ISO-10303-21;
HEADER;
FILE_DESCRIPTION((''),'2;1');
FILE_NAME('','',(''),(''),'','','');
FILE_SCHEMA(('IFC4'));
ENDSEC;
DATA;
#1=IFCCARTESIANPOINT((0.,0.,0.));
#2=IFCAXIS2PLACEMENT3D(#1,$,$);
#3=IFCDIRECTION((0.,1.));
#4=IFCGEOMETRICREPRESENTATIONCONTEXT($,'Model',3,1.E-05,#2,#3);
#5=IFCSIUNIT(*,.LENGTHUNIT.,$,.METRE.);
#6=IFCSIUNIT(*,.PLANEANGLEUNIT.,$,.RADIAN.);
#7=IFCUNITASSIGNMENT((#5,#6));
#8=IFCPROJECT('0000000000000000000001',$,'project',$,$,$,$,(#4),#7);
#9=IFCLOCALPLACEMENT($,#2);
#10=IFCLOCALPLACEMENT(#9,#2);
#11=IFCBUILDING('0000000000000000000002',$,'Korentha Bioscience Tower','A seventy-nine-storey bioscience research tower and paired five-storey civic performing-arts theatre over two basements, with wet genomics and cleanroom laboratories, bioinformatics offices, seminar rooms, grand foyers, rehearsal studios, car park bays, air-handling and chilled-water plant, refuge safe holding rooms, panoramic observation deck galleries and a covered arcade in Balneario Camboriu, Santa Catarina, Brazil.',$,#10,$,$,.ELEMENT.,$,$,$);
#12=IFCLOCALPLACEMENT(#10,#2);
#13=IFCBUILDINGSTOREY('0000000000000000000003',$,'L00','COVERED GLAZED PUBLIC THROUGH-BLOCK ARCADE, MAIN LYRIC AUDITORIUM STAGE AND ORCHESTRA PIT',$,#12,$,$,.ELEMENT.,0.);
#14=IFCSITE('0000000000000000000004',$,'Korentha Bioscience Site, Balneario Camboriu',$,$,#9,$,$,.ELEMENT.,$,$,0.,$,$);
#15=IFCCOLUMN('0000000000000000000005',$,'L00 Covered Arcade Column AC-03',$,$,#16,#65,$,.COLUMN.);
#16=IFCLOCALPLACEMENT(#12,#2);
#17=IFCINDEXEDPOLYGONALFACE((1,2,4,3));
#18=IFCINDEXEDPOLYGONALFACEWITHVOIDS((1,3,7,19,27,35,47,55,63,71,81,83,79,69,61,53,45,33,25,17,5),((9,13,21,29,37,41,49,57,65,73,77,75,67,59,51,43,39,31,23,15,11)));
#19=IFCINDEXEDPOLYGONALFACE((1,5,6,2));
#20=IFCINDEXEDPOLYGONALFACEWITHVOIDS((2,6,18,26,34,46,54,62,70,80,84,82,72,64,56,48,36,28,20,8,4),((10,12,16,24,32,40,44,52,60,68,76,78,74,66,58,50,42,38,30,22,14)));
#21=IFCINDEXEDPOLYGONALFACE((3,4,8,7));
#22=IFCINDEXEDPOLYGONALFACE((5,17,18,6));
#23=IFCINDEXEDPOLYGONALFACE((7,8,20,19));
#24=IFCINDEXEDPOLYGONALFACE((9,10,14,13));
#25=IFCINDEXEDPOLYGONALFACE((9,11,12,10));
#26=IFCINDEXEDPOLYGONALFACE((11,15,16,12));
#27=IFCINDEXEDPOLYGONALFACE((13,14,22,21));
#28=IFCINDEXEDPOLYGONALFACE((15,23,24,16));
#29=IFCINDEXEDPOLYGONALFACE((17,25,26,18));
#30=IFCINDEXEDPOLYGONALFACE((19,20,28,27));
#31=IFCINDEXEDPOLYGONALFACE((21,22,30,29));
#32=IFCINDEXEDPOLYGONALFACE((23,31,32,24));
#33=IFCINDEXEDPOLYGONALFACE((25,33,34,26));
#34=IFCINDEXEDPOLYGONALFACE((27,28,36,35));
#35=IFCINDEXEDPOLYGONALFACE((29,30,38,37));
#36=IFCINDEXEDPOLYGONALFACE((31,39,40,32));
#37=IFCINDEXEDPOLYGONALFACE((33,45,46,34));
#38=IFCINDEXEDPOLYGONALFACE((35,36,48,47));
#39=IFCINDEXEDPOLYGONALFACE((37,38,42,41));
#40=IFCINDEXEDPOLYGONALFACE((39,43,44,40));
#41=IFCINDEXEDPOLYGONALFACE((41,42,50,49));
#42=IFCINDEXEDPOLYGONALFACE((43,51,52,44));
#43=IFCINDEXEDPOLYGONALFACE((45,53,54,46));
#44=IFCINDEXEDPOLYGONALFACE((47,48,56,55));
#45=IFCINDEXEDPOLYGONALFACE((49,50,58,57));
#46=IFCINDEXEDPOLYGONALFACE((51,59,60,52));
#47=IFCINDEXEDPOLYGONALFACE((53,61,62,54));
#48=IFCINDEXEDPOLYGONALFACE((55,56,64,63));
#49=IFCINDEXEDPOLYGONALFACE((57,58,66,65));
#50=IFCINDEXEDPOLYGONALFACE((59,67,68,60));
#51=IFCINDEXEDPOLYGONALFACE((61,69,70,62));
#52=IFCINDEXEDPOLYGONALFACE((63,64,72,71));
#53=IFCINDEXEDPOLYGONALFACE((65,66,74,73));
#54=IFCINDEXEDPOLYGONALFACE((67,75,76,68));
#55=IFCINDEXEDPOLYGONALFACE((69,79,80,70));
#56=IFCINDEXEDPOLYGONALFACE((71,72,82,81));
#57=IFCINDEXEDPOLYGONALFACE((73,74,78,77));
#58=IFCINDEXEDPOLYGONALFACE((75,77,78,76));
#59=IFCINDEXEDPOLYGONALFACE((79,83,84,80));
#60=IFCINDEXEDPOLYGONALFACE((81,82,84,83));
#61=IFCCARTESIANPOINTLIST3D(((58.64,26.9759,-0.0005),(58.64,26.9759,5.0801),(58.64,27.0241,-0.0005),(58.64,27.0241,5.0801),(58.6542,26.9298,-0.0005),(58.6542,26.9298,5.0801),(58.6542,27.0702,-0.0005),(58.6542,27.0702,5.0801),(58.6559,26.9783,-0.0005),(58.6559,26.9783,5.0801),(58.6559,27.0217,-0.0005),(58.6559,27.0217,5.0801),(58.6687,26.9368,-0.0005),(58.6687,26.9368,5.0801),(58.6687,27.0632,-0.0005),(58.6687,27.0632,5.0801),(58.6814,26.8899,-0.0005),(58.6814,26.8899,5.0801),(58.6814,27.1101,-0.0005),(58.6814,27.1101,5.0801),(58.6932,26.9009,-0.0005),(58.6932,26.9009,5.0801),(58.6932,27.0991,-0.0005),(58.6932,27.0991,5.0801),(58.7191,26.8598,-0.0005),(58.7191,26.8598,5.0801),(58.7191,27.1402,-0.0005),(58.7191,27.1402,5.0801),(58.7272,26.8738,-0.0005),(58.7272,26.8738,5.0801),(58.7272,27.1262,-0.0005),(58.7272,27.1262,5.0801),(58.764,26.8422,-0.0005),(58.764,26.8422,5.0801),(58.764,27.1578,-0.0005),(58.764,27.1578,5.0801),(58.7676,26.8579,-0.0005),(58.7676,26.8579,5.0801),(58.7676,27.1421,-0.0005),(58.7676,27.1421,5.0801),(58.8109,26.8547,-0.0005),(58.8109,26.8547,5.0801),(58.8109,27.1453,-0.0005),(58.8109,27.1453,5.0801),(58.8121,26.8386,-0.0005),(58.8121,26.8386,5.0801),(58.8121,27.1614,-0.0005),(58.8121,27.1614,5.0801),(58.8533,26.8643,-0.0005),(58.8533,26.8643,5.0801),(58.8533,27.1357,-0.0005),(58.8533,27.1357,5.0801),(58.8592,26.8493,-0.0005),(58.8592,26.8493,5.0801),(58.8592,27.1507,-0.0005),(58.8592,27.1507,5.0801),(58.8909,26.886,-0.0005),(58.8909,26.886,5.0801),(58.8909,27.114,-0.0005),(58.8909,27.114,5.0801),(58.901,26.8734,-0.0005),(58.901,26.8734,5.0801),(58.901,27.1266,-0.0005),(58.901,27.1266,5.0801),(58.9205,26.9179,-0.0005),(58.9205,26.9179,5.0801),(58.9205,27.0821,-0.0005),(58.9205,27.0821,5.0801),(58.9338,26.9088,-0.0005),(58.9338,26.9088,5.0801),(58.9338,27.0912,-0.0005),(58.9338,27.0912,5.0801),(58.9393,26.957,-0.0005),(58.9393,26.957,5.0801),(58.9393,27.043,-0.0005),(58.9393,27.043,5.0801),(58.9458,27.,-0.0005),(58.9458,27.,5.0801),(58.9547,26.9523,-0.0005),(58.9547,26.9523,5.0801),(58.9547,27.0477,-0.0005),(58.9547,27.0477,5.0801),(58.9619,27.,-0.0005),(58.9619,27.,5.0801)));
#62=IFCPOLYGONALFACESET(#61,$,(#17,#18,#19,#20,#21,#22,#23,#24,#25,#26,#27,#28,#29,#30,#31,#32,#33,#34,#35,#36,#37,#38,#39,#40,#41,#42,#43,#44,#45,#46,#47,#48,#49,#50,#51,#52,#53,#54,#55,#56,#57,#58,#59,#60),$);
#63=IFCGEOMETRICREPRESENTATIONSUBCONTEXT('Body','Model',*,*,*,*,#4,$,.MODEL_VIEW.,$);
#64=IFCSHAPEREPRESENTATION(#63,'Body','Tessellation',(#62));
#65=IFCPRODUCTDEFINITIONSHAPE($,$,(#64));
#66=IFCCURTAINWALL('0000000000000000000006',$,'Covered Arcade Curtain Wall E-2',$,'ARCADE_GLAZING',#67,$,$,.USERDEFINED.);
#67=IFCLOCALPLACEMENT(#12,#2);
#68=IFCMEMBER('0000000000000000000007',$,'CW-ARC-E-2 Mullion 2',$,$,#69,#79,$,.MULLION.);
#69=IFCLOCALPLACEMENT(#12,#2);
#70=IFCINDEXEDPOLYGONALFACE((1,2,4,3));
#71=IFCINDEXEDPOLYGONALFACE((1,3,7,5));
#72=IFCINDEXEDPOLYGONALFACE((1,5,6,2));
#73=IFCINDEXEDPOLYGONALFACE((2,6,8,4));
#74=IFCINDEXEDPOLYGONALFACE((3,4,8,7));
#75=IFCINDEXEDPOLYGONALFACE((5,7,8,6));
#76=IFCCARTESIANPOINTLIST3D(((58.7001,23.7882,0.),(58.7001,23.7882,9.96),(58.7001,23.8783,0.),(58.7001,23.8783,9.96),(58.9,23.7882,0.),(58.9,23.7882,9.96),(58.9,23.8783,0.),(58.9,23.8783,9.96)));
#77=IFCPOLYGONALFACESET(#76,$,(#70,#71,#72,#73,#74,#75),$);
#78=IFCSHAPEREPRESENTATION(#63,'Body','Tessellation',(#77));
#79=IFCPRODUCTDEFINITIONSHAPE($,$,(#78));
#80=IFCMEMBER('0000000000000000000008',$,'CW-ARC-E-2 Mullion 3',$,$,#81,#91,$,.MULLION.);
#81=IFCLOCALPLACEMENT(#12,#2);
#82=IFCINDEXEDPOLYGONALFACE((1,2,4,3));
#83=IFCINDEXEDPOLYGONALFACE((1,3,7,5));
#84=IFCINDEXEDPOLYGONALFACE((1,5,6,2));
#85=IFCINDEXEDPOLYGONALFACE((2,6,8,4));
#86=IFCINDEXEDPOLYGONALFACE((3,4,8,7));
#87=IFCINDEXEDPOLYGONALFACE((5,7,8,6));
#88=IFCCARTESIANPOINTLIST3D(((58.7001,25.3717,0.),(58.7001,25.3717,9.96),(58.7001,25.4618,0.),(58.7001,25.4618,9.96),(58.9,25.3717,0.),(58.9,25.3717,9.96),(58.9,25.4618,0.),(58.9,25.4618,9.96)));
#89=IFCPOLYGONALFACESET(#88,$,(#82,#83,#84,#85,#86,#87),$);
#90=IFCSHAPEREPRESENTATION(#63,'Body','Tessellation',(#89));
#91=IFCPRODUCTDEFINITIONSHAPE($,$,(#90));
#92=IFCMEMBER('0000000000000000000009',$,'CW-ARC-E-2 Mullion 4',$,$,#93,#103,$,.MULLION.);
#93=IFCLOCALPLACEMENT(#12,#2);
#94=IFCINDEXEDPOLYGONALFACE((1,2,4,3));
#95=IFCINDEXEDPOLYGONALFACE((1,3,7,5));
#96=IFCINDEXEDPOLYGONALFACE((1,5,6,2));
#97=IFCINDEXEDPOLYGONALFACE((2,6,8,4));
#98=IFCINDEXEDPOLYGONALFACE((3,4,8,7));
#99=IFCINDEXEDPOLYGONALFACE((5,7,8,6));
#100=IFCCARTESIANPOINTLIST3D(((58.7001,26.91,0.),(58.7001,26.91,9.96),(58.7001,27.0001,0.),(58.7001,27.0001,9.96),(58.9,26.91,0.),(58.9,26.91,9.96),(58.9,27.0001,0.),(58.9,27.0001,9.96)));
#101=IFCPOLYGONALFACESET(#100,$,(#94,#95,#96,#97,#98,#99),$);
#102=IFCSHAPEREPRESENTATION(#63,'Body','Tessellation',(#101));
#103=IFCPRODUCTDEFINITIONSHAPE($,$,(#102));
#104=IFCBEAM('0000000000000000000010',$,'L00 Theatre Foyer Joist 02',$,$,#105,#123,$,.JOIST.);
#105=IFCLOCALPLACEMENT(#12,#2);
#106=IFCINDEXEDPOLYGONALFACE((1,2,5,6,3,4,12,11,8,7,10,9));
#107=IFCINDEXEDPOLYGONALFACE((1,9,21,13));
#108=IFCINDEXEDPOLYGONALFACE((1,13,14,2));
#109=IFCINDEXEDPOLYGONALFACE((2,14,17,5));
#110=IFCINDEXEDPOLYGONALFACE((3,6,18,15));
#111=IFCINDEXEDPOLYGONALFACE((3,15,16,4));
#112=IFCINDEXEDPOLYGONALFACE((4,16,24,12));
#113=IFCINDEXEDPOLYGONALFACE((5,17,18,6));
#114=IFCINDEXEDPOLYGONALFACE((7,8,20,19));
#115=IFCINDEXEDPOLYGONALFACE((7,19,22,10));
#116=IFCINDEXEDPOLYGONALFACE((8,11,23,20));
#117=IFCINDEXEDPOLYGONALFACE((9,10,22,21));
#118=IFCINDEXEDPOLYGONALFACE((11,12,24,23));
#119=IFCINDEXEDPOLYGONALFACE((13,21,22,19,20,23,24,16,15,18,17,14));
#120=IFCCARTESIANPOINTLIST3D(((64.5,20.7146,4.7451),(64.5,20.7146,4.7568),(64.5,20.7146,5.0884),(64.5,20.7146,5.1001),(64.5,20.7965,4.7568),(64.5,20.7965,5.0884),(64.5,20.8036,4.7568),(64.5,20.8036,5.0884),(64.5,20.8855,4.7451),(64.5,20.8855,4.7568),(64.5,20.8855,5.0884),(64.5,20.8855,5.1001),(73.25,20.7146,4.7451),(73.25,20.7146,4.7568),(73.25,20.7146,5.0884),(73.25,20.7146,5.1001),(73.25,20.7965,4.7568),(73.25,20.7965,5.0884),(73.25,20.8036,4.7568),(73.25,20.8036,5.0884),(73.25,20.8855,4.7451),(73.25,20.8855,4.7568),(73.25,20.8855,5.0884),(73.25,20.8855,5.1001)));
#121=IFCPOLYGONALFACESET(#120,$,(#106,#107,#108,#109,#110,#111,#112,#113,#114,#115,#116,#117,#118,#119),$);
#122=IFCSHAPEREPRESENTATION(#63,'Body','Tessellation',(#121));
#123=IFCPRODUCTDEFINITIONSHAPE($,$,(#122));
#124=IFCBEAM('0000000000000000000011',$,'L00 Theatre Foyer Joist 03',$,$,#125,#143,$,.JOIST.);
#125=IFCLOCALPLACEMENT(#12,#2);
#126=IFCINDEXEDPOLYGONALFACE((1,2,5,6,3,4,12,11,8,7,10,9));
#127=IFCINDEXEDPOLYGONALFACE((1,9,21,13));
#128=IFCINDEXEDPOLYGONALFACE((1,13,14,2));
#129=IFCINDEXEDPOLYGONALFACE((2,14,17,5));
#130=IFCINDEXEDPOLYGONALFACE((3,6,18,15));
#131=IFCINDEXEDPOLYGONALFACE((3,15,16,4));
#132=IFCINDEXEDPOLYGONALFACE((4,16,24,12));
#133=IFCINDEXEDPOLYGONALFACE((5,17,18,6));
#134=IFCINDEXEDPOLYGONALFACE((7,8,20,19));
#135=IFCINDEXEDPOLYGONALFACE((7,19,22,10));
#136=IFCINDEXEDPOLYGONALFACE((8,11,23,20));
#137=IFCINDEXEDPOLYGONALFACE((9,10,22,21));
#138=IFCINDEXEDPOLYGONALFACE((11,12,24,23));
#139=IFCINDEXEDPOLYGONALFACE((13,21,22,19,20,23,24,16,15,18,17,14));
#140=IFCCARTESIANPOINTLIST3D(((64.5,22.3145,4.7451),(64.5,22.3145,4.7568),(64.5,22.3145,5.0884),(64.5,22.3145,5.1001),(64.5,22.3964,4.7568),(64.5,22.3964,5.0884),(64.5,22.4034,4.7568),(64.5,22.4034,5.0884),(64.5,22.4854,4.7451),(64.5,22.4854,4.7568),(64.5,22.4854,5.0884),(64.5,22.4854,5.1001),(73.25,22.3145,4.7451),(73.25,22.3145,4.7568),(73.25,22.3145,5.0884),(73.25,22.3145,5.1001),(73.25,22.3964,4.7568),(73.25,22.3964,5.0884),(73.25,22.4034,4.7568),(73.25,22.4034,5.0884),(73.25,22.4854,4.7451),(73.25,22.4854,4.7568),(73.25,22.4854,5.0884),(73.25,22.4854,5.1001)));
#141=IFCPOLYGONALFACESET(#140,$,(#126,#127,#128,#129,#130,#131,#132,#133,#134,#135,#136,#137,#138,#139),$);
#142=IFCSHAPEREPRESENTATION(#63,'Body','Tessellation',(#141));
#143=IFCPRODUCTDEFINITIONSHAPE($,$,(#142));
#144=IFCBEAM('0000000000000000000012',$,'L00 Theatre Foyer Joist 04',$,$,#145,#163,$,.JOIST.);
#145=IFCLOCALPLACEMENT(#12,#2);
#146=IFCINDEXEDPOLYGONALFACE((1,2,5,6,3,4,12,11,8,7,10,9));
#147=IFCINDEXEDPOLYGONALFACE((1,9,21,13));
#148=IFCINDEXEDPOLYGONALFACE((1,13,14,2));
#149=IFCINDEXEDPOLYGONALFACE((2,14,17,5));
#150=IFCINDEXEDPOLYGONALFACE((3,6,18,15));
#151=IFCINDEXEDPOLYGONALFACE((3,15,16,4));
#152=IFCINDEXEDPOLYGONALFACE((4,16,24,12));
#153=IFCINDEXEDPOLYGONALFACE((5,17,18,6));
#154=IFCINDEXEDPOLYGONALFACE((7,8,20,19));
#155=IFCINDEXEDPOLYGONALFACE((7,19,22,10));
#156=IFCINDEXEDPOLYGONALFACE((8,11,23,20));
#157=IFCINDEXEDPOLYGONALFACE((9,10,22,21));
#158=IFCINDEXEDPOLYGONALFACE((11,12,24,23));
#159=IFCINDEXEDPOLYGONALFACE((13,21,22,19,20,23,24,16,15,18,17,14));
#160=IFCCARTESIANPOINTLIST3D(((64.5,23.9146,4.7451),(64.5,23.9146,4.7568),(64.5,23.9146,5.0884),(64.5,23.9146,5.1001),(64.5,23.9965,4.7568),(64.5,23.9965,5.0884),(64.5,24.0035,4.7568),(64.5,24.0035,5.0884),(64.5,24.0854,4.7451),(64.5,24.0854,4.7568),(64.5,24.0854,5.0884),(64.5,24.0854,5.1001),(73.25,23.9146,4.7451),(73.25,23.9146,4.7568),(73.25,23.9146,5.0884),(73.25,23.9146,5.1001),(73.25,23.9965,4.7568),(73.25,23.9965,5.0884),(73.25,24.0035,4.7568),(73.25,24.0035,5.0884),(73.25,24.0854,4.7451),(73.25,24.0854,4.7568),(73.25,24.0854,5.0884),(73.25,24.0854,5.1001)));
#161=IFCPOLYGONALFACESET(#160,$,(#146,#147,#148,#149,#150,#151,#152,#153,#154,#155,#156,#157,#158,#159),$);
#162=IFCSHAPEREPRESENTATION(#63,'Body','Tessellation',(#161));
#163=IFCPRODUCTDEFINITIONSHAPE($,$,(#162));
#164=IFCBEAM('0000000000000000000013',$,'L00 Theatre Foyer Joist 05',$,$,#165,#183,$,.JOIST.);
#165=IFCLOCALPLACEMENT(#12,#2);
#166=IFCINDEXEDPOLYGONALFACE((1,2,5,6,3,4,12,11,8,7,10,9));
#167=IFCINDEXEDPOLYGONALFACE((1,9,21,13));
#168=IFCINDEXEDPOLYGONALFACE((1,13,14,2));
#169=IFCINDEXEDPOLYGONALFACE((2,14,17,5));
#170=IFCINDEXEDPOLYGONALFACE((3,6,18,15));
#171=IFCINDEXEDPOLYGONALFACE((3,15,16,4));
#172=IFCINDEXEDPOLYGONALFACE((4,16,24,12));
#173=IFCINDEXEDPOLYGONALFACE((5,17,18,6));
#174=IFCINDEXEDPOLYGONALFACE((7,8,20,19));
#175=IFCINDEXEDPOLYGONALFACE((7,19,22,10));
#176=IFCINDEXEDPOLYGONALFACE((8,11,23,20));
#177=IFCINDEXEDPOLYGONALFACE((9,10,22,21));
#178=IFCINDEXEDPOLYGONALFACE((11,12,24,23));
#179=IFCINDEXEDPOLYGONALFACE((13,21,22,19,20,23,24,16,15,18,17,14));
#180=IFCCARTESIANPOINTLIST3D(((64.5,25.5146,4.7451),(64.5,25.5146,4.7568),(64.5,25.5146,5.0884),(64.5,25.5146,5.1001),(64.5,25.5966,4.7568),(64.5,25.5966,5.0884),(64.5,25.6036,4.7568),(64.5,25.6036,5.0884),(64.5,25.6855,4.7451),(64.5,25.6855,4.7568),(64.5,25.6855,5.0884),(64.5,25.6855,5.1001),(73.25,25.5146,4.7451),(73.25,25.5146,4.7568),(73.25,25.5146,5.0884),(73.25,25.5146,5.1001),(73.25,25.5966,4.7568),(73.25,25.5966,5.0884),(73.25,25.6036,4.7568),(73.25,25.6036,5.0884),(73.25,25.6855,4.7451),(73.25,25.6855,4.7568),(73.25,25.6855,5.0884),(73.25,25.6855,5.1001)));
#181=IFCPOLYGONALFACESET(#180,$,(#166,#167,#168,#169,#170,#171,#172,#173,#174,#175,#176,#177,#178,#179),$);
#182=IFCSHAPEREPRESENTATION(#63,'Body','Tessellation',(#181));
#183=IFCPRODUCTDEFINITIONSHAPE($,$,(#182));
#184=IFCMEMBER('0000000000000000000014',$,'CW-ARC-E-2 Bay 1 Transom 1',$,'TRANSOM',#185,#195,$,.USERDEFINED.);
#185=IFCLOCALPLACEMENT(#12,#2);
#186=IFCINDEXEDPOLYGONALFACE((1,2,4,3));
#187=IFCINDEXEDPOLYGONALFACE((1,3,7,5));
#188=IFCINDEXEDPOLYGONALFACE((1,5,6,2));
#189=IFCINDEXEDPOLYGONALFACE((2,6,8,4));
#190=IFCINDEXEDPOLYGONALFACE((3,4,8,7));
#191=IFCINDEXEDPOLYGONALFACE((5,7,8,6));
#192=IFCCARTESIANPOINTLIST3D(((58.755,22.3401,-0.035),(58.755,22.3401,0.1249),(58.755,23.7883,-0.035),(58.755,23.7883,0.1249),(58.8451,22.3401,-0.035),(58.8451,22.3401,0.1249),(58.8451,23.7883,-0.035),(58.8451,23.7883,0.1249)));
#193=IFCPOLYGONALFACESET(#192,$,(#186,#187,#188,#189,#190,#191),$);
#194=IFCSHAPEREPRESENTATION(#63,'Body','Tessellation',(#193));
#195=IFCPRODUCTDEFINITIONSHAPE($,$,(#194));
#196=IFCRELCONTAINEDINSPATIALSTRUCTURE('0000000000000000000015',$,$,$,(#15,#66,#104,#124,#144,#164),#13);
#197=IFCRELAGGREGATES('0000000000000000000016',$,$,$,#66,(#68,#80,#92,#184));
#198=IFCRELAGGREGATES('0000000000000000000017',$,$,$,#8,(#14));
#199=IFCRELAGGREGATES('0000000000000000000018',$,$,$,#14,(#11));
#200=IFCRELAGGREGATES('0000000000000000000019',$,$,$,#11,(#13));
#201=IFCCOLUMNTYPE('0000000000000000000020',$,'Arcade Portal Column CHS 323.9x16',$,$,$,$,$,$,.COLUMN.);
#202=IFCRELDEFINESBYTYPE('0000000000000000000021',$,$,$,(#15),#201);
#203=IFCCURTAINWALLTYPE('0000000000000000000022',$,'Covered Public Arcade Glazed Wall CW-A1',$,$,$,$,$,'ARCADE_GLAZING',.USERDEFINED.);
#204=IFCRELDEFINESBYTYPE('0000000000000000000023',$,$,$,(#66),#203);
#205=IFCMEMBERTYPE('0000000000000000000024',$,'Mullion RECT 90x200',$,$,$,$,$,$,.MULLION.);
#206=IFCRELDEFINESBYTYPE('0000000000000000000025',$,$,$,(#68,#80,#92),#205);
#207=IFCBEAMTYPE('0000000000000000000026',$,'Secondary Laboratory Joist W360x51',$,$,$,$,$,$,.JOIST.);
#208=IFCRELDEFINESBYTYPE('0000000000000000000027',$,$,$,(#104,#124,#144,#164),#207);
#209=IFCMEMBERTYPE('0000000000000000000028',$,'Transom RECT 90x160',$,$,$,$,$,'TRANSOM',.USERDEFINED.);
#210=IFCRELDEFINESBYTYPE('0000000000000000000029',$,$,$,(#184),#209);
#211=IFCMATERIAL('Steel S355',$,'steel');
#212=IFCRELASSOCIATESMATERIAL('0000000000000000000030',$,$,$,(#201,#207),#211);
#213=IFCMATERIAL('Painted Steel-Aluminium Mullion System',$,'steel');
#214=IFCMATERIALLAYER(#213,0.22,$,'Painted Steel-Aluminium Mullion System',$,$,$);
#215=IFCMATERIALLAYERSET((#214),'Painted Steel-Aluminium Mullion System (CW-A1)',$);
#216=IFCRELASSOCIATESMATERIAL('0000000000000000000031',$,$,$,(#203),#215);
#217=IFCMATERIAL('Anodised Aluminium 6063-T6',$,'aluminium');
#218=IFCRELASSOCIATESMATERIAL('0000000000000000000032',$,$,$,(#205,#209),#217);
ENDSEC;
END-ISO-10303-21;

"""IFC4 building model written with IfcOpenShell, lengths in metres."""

from ifc_helpers import new_model, si_unit, direction, frame, origin, origin_2d, place, context, subcontext, project, spatial, rectangle, hollow_circle, i_section, extrude, material, layer, layer_set, material_profile, profile_set, type_object, element, aggregate, save


model = new_model("IFC4")

# Units and contexts
model_context = context("Model", 3, precision=1e-05, world=origin(), true_north=direction((0.0, 1.0)))
body_context = subcontext(model_context, "Body", "Model", "MODEL_VIEW")
ifc_project = project(units=[si_unit("LENGTHUNIT", "METRE"), si_unit("PLANEANGLEUNIT", "RADIAN")], contexts=[model_context])

# Site, building, storey
site_placement = place(None, origin())
site = spatial("IfcSite", under=ifc_project, at=site_placement, Name="Korentha Bioscience Site, Balneario Camboriu", CompositionType="ELEMENT", RefElevation=0.0)
building_placement = place(site_placement, origin())
building = spatial("IfcBuilding", under=site, at=building_placement, Name="Korentha Bioscience Tower", Description="A seventy-nine-storey bioscience research tower and paired five-storey civic performing-arts theatre over two basements, with wet genomics and cleanroom laboratories, bioinformatics offices, seminar rooms, grand foyers, rehearsal studios, car park bays, air-handling and chilled-water plant, refuge safe holding rooms, panoramic observation deck galleries and a covered arcade in Balneario Camboriu, Santa Catarina, Brazil.", CompositionType="ELEMENT")
storey_placement = place(building_placement, origin())
storey = spatial("IfcBuildingStorey", under=building, at=storey_placement, Name="L00", Description="COVERED GLAZED PUBLIC THROUGH-BLOCK ARCADE, MAIN LYRIC AUDITORIUM STAGE AND ORCHESTRA PIT", CompositionType="ELEMENT", Elevation=0.0)

# Column
ifc_material_1 = material(Name="Steel S355", Category="steel")
ifc_material_profile_1 = material_profile(ifc_material_1, hollow_circle(Radius=0.1619, WallThickness=0.0161, at=origin_2d()), Name="Steel S355")
ifc_profile_set_1 = profile_set([ifc_material_profile_1], Name="Steel S355 (AC-01)")
column_type = type_object("IfcColumnType", Name="Arcade Portal Column CHS 323.9x16", PredefinedType="COLUMN", material=ifc_profile_set_1)
column_placement = place(storey_placement, frame((58.8, 27.0, -0.0005), z_axis=(0.0, 0.0, 1.0), x_axis=(1.0, 0.0, 0.0)))
element("IfcColumn", 1, at=column_placement, inside=storey, type_object=column_type, Name="L00 Covered Arcade Column AC-03", PredefinedType="COLUMN", context=body_context, shape_type="SweptSolid", body=[
    extrude(hollow_circle(Radius=0.1619, WallThickness=0.0161, at=origin_2d()), origin(), (0.0, 0.0, 1.0), 5.0806),
])

# Curtain wall, members
ifc_material_2 = material(Name="Painted Steel-Aluminium Mullion System", Category="steel")
ifc_layer_1 = layer(ifc_material_2, 0.22, Name="Painted Steel-Aluminium Mullion System")
ifc_layer_set_1 = layer_set([ifc_layer_1], Name="Painted Steel-Aluminium Mullion System (CW-A1)")
curtain_wall_type = type_object("IfcCurtainWallType", Name="Covered Public Arcade Glazed Wall CW-A1", ElementType="ARCADE_GLAZING", PredefinedType="USERDEFINED", material=ifc_layer_set_1)
curtain_wall_placement = place(storey_placement, origin())
curtain_wall = element("IfcCurtainWall", 2, at=curtain_wall_placement, inside=storey, type_object=curtain_wall_type, Name="Covered Arcade Curtain Wall E-2", ObjectType="ARCADE_GLAZING", PredefinedType="USERDEFINED")
ifc_material_3 = material(Name="Anodised Aluminium 6063-T6", Category="aluminium")
ifc_material_profile_2 = material_profile(ifc_material_3, rectangle(XDim=0.0901, YDim=0.2, at=origin_2d()), Name="Anodised Aluminium 6063-T6")
ifc_profile_set_2 = profile_set([ifc_material_profile_2], Name="Anodised Aluminium 6063-T6 (CW-MUL)")
member_type_1 = type_object("IfcMemberType", Name="Mullion RECT 90x200", PredefinedType="MULLION", material=ifc_profile_set_2)
member_1_placement = place(storey_placement, frame((58.8, 23.8333, 0.0), z_axis=(0.0, 0.0, 1.0), x_axis=(0.0, 1.0, 0.0)))
member_1 = element("IfcMember", 3, at=member_1_placement, type_object=member_type_1, Name="CW-ARC-E-2 Mullion 2", PredefinedType="MULLION", context=body_context, shape_type="SweptSolid", body=[
    extrude(rectangle(XDim=0.0901, YDim=0.2, at=origin_2d()), origin(), (0.0, 0.0, 1.0), 9.96),
])
member_2_placement = place(storey_placement, frame((58.8, 25.4167, 0.0), z_axis=(0.0, 0.0, 1.0), x_axis=(0.0, 1.0, 0.0)))
member_2 = element("IfcMember", 4, at=member_2_placement, type_object=member_type_1, Name="CW-ARC-E-2 Mullion 3", PredefinedType="MULLION", context=body_context, shape_type="SweptSolid", body=[
    extrude(rectangle(XDim=0.0901, YDim=0.2, at=origin_2d()), origin(), (0.0, 0.0, 1.0), 9.96),
])
member_3_placement = place(storey_placement, frame((58.8, 26.9551, 0.0), z_axis=(0.0, 0.0, 1.0), x_axis=(0.0, 1.0, 0.0)))
member_3 = element("IfcMember", 5, at=member_3_placement, type_object=member_type_1, Name="CW-ARC-E-2 Mullion 4", PredefinedType="MULLION", context=body_context, shape_type="SweptSolid", body=[
    extrude(rectangle(XDim=0.0901, YDim=0.2, at=origin_2d()), origin(), (0.0, 0.0, 1.0), 9.96),
])

# Beams
ifc_material_profile_3 = material_profile(ifc_material_1, i_section(OverallWidth=0.1709, OverallDepth=0.355, WebThickness=0.0071, FlangeThickness=0.0117, at=origin_2d()), Name="Steel S355")
ifc_profile_set_3 = profile_set([ifc_material_profile_3], Name="Steel S355 (JB-360)")
beam_type = type_object("IfcBeamType", Name="Secondary Laboratory Joist W360x51", PredefinedType="JOIST", material=ifc_profile_set_3)
for number, where, z_axis, x_axis, name in (
    (6, (64.5, 20.8, 4.9226), (1.0, 0.0, 0.0), (0.0, 1.0, 0.0), "L00 Theatre Foyer Joist 02"),
    (7, (64.5, 22.3999, 4.9226), (1.0, 0.0, 0.0), (0.0, 1.0, 0.0), "L00 Theatre Foyer Joist 03"),
    (8, (64.5, 24.0, 4.9226), (1.0, 0.0, 0.0), (0.0, 1.0, 0.0), "L00 Theatre Foyer Joist 04"),
    (9, (64.5, 25.6001, 4.9226), (1.0, 0.0, 0.0), (0.0, 1.0, 0.0), "L00 Theatre Foyer Joist 05"),
):
    element("IfcBeam", number, at=place(storey_placement, frame(where, z_axis=z_axis, x_axis=x_axis)), inside=storey, type_object=beam_type, Name=name, PredefinedType="JOIST", context=body_context, shape_type="SweptSolid", body=[
        extrude(i_section(OverallWidth=0.1709, OverallDepth=0.355, WebThickness=0.0071, FlangeThickness=0.0117, at=origin_2d()), origin(), (0.0, 0.0, 1.0), 8.75),
    ])

# Member
ifc_material_profile_4 = material_profile(ifc_material_3, rectangle(XDim=0.0901, YDim=0.1599, at=origin_2d()), Name="Anodised Aluminium 6063-T6")
ifc_profile_set_4 = profile_set([ifc_material_profile_4], Name="Anodised Aluminium 6063-T6 (CW-TRN)")
member_type_2 = type_object("IfcMemberType", Name="Transom RECT 90x160", ElementType="TRANSOM", PredefinedType="USERDEFINED", material=ifc_profile_set_4)
member_4_placement = place(storey_placement, frame((58.8, 22.3401, 0.0449), z_axis=(0.0, 1.0, 0.0), x_axis=(-1.0, 0.0, 0.0)))
member_4 = element("IfcMember", 10, at=member_4_placement, type_object=member_type_2, Name="CW-ARC-E-2 Bay 1 Transom 1", ObjectType="TRANSOM", PredefinedType="USERDEFINED", context=body_context, shape_type="SweptSolid", body=[
    extrude(rectangle(XDim=0.0901, YDim=0.1599, at=origin_2d()), origin(), (0.0, 0.0, 1.0), 1.4482),
])

aggregate(curtain_wall, [member_1, member_2, member_3, member_4])

save(model, "model.ifc")
